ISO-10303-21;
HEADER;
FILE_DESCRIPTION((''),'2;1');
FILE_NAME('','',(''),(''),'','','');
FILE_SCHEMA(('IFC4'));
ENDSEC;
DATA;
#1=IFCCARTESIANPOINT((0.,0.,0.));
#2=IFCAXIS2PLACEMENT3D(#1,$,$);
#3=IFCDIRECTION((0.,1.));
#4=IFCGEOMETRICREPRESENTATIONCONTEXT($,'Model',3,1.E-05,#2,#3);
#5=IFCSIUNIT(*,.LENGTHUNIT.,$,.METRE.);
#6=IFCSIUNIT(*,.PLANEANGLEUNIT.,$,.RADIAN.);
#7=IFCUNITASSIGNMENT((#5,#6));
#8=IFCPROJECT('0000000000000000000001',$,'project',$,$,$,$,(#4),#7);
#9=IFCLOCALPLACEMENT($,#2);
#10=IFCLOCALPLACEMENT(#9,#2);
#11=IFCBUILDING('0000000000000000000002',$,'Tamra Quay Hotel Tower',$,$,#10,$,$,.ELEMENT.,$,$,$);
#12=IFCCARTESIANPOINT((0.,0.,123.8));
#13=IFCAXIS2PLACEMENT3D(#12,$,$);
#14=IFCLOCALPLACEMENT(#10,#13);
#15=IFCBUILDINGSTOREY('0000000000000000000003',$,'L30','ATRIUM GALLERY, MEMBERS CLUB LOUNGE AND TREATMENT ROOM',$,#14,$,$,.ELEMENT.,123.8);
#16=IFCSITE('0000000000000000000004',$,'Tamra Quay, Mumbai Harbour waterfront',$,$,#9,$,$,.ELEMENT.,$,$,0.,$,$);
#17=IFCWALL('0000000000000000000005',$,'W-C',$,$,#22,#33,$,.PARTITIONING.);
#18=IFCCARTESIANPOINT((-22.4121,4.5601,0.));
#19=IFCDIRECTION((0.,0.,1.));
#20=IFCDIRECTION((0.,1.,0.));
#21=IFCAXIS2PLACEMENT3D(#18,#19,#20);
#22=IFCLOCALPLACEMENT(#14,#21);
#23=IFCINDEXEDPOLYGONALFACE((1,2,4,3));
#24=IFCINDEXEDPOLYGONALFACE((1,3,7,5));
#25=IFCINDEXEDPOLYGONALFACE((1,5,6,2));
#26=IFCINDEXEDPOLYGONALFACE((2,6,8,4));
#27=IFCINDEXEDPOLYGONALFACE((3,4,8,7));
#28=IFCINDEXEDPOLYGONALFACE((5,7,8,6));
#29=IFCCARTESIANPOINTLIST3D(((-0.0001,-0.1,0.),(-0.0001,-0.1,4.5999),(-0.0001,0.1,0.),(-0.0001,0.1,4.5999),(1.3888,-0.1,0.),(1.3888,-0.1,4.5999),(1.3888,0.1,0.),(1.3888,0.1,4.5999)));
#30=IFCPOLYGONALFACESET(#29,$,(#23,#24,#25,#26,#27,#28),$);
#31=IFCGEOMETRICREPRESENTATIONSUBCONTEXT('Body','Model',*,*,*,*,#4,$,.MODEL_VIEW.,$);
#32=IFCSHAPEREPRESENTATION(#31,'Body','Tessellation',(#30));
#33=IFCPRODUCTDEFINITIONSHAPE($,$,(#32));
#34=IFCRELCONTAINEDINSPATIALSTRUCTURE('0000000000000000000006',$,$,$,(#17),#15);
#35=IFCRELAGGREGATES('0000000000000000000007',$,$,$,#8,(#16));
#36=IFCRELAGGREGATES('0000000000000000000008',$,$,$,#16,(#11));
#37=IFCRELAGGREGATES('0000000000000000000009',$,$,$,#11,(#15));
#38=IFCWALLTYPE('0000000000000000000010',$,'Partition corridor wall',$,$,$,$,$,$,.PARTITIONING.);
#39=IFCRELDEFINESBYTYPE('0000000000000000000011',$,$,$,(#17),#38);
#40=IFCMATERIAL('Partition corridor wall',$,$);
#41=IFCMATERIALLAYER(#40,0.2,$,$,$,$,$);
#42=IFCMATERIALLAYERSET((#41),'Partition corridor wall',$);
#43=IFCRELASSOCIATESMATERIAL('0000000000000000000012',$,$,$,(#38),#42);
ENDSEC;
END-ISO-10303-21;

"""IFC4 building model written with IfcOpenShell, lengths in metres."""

from ifc_helpers import new_model, si_unit, direction, frame, frame_2d, origin, place, context, subcontext, project, spatial, rectangle, extrude, material, layer, layer_set, type_object, element, save


model = new_model("IFC4")

# Units and contexts
model_context = context("Model", 3, precision=1e-05, world=origin(), true_north=direction((0.0, 1.0)))
body_context = subcontext(model_context, "Body", "Model", "MODEL_VIEW")
ifc_project = project(units=[si_unit("LENGTHUNIT", "METRE"), si_unit("PLANEANGLEUNIT", "RADIAN")], contexts=[model_context])

# Site, building, storey
site_placement = place(None, origin())
site = spatial("IfcSite", under=ifc_project, at=site_placement, Name="Tamra Quay, Mumbai Harbour waterfront", CompositionType="ELEMENT", RefElevation=0.0)
building_placement = place(site_placement, origin())
building = spatial("IfcBuilding", under=site, at=building_placement, Name="Tamra Quay Hotel Tower", CompositionType="ELEMENT")
storey_placement = place(building_placement, frame((0.0, 0.0, 123.8)))
storey = spatial("IfcBuildingStorey", under=building, at=storey_placement, Name="L30", Description="ATRIUM GALLERY, MEMBERS CLUB LOUNGE AND TREATMENT ROOM", CompositionType="ELEMENT", Elevation=123.8)

# Wall
ifc_material_1 = material(Name="Partition corridor wall")
ifc_layer_1 = layer(ifc_material_1, 0.2)
ifc_layer_set_1 = layer_set([ifc_layer_1], Name="Partition corridor wall")
wall_type_1 = type_object("IfcWallType", Name="Partition corridor wall", PredefinedType="PARTITIONING", material=ifc_layer_set_1)
wall_1_placement = place(storey_placement, frame((-22.4121, 4.5601, 0.0), z_axis=(0.0, 0.0, 1.0), x_axis=(0.0, 1.0, 0.0)))
element("IfcWall", 1, at=wall_1_placement, inside=storey, type_object=wall_type_1, Name="W-C", PredefinedType="PARTITIONING", context=body_context, shape_type="SweptSolid", body=[
    extrude(rectangle(XDim=1.3889, YDim=0.2, at=frame_2d((0.6943, 0.0))), origin(), (0.0, 0.0, 1.0), 4.5999),
])

save(model, "model.ifc")
